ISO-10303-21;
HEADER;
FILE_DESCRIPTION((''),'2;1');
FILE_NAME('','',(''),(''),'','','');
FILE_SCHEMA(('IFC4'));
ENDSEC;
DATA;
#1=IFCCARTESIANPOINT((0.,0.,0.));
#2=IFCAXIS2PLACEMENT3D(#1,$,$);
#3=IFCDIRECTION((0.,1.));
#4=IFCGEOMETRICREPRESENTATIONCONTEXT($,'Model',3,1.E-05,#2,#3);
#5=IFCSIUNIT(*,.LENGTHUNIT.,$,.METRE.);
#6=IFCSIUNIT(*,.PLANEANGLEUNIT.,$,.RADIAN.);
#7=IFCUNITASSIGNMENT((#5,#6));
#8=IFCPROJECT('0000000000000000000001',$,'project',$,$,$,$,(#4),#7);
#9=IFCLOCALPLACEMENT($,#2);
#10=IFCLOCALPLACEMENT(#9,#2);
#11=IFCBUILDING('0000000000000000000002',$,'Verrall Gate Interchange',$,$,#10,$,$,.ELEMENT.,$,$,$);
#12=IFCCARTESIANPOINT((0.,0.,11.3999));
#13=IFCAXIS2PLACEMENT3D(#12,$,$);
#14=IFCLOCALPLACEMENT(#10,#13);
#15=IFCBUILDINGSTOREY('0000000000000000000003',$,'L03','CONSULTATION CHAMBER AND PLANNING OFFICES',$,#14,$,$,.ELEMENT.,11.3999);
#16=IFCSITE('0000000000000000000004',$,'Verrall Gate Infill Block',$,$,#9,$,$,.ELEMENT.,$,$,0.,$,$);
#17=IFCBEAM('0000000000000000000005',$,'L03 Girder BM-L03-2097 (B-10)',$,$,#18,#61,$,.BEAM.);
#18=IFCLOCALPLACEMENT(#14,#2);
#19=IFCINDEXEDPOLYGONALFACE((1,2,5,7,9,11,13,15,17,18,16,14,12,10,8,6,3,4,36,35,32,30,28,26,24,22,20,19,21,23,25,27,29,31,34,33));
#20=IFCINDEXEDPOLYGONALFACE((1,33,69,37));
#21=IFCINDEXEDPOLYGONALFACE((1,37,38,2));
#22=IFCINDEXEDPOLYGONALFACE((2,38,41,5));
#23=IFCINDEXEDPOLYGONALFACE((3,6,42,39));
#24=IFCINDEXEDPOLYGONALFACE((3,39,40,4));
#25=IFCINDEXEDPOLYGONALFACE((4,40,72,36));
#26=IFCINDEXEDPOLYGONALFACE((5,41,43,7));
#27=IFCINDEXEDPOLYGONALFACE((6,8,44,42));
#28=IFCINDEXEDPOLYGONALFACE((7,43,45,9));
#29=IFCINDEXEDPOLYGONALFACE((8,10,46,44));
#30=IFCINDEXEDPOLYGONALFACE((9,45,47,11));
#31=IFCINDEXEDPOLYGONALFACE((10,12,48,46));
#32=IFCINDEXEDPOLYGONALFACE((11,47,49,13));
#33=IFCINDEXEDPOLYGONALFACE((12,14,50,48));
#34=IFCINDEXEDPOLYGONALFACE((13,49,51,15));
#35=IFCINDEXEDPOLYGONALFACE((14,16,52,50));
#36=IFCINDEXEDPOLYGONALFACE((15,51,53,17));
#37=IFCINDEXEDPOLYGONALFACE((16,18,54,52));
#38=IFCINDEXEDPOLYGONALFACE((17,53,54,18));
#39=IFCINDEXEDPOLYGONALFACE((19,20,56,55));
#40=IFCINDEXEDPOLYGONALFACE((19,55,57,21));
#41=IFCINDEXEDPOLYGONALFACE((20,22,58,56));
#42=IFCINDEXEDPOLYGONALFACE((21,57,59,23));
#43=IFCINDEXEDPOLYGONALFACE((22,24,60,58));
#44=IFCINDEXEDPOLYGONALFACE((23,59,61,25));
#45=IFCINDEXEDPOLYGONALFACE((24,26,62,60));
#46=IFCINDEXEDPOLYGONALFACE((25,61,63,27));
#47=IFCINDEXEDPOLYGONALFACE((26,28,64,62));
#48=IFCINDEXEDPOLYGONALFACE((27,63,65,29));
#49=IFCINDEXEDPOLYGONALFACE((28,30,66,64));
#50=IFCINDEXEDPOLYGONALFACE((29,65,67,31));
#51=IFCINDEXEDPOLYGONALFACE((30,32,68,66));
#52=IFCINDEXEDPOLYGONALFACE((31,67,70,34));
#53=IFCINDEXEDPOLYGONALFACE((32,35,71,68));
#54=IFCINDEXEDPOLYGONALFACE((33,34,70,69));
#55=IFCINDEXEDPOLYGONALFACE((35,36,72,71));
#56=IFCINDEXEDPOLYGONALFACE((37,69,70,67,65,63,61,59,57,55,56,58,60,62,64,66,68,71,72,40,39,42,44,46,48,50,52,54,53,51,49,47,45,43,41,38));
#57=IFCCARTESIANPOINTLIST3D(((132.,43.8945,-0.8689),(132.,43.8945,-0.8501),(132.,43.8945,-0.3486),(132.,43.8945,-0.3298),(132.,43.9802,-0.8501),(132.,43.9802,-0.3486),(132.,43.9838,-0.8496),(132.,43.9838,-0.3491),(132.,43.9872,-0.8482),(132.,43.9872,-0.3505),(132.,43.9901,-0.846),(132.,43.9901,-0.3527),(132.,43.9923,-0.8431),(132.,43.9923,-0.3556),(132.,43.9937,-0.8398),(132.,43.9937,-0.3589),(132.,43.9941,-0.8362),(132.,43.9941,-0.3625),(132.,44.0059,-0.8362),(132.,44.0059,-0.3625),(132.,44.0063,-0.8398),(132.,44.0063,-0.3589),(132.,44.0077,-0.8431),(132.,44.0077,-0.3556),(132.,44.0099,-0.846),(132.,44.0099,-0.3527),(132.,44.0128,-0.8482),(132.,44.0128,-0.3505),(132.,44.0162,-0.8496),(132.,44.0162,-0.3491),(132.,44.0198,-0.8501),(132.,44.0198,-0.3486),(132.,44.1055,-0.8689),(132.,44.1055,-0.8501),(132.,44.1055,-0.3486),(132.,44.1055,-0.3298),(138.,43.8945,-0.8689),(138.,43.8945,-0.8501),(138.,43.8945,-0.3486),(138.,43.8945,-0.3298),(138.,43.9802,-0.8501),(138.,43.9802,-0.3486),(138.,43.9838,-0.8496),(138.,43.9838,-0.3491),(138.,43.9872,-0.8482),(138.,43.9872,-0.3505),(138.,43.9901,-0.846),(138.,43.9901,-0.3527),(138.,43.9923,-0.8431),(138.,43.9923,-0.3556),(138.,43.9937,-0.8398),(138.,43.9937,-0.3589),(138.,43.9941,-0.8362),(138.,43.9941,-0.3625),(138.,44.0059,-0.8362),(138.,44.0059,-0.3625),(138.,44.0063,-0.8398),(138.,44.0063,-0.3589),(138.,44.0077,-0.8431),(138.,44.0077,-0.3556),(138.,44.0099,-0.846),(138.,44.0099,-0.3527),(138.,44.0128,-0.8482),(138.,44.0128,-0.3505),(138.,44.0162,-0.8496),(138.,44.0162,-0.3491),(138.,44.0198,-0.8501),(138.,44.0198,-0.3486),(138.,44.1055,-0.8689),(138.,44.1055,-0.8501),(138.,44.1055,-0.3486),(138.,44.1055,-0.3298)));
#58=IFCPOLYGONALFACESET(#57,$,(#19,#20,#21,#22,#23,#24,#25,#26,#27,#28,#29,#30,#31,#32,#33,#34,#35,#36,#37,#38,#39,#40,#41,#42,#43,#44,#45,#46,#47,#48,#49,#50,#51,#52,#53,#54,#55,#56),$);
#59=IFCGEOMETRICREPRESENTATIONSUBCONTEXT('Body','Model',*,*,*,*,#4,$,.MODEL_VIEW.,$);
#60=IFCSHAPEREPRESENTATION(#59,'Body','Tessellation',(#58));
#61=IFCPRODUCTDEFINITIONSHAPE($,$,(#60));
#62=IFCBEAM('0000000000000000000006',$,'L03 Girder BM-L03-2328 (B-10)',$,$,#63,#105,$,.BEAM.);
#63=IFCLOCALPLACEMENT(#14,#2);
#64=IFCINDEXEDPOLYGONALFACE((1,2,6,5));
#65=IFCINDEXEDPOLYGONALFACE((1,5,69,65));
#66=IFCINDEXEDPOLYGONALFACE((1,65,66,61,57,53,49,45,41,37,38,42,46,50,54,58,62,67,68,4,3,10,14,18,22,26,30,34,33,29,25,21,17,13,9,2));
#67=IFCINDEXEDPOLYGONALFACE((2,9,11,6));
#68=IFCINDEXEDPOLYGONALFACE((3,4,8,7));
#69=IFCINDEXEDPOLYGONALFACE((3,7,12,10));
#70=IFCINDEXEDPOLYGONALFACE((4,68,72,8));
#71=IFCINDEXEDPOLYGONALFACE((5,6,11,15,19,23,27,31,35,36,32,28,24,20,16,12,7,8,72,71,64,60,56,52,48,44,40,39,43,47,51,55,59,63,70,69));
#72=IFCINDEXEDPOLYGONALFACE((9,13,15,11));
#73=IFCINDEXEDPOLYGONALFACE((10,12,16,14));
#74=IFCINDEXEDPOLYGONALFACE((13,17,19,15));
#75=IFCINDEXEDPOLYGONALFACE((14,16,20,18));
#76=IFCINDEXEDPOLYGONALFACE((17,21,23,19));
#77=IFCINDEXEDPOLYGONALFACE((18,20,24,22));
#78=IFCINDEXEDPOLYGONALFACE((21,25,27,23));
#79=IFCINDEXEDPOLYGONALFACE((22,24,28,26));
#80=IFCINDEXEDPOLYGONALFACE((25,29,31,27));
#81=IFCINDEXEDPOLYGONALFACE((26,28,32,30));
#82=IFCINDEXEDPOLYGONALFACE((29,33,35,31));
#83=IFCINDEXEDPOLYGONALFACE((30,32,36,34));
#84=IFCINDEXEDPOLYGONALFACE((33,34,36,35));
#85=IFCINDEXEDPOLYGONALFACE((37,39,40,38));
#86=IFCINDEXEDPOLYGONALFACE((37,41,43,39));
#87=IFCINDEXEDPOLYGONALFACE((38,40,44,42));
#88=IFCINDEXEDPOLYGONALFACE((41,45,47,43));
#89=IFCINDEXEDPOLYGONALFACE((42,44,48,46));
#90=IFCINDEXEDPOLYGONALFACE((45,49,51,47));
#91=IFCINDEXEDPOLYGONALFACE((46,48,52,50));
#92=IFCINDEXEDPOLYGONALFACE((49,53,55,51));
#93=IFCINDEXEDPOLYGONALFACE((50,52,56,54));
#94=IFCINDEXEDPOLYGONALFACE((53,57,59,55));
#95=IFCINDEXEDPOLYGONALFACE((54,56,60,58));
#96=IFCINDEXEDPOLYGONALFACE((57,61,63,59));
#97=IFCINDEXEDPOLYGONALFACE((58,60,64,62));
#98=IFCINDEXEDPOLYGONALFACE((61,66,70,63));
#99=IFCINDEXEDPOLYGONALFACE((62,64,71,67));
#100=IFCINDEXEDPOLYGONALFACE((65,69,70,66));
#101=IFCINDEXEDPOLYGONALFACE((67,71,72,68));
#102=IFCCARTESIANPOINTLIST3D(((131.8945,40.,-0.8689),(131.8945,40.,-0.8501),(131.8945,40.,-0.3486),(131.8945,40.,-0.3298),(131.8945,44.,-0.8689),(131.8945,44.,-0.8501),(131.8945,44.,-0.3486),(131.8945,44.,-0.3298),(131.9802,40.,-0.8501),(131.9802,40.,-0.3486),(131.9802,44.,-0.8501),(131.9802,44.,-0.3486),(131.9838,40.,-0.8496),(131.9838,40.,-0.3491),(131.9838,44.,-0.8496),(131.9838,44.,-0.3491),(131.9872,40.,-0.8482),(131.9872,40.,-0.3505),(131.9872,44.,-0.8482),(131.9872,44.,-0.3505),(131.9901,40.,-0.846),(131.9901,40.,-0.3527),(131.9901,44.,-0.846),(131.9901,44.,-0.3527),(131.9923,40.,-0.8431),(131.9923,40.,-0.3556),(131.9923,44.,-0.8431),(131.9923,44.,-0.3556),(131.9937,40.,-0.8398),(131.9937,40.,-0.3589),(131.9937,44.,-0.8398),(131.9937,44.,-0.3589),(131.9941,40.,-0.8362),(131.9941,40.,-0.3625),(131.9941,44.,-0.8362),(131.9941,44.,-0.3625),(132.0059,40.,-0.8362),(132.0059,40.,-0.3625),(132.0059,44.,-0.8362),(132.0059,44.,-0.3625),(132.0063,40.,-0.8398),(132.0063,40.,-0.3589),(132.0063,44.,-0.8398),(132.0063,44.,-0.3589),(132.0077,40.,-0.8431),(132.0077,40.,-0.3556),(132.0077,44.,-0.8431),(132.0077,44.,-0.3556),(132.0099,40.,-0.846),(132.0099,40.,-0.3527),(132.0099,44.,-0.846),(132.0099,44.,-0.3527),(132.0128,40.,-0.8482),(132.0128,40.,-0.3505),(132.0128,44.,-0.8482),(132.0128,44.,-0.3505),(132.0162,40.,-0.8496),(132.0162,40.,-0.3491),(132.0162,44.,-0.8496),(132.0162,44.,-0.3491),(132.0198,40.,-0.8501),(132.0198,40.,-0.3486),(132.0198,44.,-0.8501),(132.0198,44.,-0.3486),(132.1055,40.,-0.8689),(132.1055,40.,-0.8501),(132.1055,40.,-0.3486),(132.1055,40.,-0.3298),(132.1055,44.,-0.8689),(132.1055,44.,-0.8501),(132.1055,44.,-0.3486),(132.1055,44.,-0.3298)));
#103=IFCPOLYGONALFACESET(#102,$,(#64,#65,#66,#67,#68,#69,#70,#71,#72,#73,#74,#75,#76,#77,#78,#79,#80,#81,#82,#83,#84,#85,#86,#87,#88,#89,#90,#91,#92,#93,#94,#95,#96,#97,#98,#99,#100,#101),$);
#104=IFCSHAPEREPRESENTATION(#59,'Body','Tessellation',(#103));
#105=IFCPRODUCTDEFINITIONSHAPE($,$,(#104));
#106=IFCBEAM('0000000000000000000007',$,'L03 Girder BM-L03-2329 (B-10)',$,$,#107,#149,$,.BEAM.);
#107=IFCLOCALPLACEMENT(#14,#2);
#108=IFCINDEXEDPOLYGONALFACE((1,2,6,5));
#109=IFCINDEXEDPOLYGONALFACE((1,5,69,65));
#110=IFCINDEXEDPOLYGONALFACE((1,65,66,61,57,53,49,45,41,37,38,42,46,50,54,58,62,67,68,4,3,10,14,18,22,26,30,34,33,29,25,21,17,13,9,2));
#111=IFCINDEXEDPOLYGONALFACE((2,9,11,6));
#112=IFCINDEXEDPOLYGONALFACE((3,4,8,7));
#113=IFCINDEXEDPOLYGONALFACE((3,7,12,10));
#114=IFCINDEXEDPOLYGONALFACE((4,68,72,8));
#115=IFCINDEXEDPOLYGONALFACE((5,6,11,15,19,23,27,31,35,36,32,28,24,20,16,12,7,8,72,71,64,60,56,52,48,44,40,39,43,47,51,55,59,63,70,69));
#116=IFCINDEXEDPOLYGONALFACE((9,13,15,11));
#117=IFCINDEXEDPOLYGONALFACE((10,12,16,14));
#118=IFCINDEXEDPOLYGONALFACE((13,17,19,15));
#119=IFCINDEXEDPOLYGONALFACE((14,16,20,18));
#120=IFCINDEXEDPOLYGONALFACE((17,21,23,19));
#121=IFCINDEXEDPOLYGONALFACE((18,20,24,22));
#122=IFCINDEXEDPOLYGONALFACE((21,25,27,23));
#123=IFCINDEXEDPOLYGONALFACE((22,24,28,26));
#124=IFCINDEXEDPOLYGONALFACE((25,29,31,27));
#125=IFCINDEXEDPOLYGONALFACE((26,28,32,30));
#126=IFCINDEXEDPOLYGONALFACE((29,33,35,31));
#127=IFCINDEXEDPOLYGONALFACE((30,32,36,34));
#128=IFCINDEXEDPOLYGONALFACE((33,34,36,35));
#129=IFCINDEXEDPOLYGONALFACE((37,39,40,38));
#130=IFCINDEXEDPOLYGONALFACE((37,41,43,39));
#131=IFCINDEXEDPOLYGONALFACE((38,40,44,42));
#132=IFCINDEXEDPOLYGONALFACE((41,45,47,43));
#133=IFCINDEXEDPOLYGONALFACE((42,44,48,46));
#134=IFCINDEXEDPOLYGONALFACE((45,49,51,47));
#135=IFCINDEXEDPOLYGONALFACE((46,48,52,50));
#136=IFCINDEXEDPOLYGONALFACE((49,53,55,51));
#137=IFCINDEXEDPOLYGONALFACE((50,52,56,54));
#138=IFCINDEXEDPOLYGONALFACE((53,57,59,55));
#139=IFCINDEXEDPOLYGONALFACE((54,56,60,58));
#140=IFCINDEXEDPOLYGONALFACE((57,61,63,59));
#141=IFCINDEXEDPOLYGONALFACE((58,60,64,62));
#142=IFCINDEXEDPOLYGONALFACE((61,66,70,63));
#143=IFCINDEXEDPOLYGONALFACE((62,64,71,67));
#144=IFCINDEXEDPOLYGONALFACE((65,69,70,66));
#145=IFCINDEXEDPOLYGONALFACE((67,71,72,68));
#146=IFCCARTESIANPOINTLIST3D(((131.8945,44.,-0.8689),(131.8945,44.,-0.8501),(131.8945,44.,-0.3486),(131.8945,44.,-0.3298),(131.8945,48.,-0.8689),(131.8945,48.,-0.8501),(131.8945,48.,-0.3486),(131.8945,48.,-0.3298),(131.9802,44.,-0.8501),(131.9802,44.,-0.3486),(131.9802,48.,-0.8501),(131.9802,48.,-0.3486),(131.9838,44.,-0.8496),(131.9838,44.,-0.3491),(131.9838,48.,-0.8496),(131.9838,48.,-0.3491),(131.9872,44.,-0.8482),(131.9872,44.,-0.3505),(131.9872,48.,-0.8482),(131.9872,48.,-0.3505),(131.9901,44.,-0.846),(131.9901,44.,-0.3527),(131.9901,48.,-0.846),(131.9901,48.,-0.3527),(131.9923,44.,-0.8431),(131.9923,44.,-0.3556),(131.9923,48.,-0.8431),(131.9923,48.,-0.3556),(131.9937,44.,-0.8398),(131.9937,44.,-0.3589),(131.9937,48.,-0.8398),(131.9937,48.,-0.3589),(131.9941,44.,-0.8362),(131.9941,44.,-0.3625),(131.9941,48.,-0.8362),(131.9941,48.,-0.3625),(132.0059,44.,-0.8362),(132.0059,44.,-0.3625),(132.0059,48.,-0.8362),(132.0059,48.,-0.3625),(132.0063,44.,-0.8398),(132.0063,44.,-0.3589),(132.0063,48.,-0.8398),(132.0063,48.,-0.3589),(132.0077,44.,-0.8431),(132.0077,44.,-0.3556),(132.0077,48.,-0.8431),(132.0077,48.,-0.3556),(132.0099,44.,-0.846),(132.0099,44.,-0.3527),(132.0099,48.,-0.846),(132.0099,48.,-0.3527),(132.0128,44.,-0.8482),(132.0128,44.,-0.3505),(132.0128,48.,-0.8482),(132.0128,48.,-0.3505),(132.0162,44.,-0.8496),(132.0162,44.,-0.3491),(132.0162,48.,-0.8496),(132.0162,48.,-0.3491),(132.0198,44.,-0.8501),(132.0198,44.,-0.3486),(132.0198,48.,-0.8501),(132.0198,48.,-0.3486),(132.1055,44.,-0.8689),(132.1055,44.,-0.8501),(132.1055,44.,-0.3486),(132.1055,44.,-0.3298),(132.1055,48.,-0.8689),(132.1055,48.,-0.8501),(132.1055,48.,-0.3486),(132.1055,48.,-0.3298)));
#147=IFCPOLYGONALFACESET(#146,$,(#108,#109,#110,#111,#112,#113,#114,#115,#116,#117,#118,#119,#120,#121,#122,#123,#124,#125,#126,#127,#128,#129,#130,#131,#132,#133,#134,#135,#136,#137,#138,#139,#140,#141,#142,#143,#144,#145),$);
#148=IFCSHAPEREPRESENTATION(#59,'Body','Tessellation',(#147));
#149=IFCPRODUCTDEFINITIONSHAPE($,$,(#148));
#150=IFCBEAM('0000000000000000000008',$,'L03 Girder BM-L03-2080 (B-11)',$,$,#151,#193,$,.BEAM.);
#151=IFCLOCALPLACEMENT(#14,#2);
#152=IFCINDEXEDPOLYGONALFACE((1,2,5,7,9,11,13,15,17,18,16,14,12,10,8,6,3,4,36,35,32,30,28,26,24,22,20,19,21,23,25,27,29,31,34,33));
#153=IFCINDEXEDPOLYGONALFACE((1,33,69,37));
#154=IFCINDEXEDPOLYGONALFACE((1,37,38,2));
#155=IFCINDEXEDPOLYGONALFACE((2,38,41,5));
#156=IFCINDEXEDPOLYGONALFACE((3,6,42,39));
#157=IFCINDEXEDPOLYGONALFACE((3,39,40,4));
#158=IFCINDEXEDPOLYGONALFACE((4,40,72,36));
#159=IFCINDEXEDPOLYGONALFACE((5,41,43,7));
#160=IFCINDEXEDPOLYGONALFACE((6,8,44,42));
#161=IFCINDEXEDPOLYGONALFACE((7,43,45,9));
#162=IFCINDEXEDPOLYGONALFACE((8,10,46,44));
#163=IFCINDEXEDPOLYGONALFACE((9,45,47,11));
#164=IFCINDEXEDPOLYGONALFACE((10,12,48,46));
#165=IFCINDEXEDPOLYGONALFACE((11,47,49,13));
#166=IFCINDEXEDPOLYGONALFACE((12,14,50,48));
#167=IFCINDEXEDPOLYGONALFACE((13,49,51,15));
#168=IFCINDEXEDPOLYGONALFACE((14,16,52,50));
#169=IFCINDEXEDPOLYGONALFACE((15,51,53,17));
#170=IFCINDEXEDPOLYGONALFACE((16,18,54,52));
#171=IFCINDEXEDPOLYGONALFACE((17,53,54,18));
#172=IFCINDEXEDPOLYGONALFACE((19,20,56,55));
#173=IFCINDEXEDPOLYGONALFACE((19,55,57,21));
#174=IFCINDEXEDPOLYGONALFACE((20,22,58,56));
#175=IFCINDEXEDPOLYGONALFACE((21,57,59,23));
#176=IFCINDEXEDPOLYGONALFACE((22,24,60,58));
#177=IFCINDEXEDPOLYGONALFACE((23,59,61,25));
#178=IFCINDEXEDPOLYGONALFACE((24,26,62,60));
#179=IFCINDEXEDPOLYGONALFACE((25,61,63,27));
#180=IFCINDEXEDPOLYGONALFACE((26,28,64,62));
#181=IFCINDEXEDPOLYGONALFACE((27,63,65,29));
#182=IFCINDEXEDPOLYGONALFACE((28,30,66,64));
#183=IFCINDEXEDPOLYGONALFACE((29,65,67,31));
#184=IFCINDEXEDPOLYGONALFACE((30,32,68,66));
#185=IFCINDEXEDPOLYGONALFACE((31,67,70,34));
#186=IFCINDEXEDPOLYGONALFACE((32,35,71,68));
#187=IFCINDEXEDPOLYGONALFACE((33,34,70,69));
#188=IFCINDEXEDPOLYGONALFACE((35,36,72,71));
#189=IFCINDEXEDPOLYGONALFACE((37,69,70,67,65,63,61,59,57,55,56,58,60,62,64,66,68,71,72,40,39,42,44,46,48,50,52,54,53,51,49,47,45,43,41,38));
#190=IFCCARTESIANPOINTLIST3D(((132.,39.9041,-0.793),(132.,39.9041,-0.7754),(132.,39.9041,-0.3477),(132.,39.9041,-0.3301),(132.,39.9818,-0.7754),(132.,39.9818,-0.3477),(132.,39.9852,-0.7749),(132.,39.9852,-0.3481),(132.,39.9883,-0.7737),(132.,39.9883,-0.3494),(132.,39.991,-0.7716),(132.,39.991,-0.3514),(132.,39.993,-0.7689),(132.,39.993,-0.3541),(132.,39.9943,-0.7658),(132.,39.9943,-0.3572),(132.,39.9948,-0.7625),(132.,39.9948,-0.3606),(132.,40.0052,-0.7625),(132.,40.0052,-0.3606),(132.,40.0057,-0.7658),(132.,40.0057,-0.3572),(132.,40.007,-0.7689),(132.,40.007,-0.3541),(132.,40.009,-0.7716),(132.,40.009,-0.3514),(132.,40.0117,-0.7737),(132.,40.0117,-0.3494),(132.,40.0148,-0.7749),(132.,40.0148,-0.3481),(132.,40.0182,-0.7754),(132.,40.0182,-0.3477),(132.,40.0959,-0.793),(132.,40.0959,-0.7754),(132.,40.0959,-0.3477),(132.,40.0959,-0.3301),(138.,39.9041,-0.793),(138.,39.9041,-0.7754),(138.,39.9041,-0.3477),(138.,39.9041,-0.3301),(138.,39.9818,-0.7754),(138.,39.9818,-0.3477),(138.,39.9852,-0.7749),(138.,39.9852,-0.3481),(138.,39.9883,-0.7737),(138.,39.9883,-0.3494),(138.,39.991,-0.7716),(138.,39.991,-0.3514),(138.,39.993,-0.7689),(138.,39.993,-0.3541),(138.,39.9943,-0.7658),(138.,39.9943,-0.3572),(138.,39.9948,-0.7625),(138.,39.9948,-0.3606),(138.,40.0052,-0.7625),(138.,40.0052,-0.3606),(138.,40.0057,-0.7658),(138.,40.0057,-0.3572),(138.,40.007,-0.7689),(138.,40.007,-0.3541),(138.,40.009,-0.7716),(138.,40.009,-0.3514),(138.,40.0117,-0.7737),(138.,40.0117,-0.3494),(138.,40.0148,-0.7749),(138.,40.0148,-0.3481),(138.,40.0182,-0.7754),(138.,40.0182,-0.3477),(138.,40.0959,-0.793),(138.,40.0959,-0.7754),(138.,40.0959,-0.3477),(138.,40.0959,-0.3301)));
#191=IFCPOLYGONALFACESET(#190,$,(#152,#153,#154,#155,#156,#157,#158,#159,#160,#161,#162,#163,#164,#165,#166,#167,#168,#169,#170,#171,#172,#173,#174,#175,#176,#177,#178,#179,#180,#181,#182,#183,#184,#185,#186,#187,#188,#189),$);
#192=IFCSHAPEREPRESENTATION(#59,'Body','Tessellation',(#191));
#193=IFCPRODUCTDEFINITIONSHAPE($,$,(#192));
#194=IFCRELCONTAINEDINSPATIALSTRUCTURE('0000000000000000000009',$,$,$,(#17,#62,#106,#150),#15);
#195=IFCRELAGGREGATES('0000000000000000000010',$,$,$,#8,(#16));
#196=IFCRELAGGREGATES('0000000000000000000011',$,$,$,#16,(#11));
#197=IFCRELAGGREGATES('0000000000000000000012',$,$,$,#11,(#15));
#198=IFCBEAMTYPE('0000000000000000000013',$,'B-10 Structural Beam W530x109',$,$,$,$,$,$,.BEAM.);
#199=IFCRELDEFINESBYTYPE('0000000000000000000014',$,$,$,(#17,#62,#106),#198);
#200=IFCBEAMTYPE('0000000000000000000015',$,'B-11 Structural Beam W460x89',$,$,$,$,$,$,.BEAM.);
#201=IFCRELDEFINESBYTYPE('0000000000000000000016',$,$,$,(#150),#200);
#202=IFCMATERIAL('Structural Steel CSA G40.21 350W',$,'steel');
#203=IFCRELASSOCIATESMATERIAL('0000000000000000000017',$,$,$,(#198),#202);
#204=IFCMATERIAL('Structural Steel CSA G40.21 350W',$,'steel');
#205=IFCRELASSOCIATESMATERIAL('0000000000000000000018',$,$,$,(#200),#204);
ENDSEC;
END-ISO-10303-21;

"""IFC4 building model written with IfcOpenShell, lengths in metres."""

from ifc_helpers import new_model, si_unit, direction, frame, origin, origin_2d, place, context, subcontext, project, spatial, i_section, extrude, material, material_profile, profile_set, type_object, element, save


model = new_model("IFC4")

# Units and contexts
model_context = context("Model", 3, precision=1e-05, world=origin(), true_north=direction((0.0, 1.0)))
body_context = subcontext(model_context, "Body", "Model", "MODEL_VIEW")
ifc_project = project(units=[si_unit("LENGTHUNIT", "METRE"), si_unit("PLANEANGLEUNIT", "RADIAN")], contexts=[model_context])

# Site, building, storey
site_placement = place(None, origin())
site = spatial("IfcSite", under=ifc_project, at=site_placement, Name="Verrall Gate Infill Block", CompositionType="ELEMENT", RefElevation=0.0)
building_placement = place(site_placement, origin())
building = spatial("IfcBuilding", under=site, at=building_placement, Name="Verrall Gate Interchange", CompositionType="ELEMENT")
storey_placement = place(building_placement, frame((0.0, 0.0, 11.3999)))
storey = spatial("IfcBuildingStorey", under=building, at=storey_placement, Name="L03", Description="CONSULTATION CHAMBER AND PLANNING OFFICES", CompositionType="ELEMENT", Elevation=11.3999)

# Beams
ifc_material_1 = material(Name="Structural Steel CSA G40.21 350W", Category="steel")
ifc_material_profile_1 = material_profile(ifc_material_1, i_section(OverallWidth=0.2109, OverallDepth=0.5391, WebThickness=0.0117, FlangeThickness=0.0188, FilletRadius=0.0139, at=origin_2d()), Name="W530x109")
ifc_profile_set_1 = profile_set([ifc_material_profile_1], Name="Structural Steel CSA G40.21 350W")
beam_type_1 = type_object("IfcBeamType", Name="B-10 Structural Beam W530x109", PredefinedType="BEAM", material=ifc_profile_set_1)
beam_1_placement = place(storey_placement, frame((132.0, 44.0, -0.5994), z_axis=(1.0, 0.0, 0.0), x_axis=(0.0, 1.0, 0.0)))
element("IfcBeam", 1, at=beam_1_placement, inside=storey, type_object=beam_type_1, Name="L03 Girder BM-L03-2097 (B-10)", PredefinedType="BEAM", context=body_context, shape_type="SweptSolid", body=[
    extrude(i_section(OverallWidth=0.2109, OverallDepth=0.5391, WebThickness=0.0117, FlangeThickness=0.0188, FilletRadius=0.0139, at=origin_2d()), origin(), (0.0, 0.0, 1.0), 6.0),
])
for number, where, z_axis, x_axis, name in (
    (2, (132.0, 40.0, -0.5994), (0.0, 1.0, 0.0), (-1.0, 0.0, 0.0), "L03 Girder BM-L03-2328 (B-10)"),
    (3, (132.0, 44.0, -0.5994), (0.0, 1.0, 0.0), (-1.0, 0.0, 0.0), "L03 Girder BM-L03-2329 (B-10)"),
):
    element("IfcBeam", number, at=place(storey_placement, frame(where, z_axis=z_axis, x_axis=x_axis)), inside=storey, type_object=beam_type_1, Name=name, PredefinedType="BEAM", context=body_context, shape_type="SweptSolid", body=[
        extrude(i_section(OverallWidth=0.2109, OverallDepth=0.5391, WebThickness=0.0117, FlangeThickness=0.0188, FilletRadius=0.0139, at=origin_2d()), origin(), (0.0, 0.0, 1.0), 4.0),
    ])
ifc_material_2 = material(Name="Structural Steel CSA G40.21 350W", Category="steel")
ifc_material_profile_2 = material_profile(ifc_material_2, i_section(OverallWidth=0.1919, OverallDepth=0.4629, WebThickness=0.0105, FlangeThickness=0.0176, FilletRadius=0.0129, at=origin_2d()), Name="W460x89")
ifc_profile_set_2 = profile_set([ifc_material_profile_2], Name="Structural Steel CSA G40.21 350W")
beam_type_2 = type_object("IfcBeamType", Name="B-11 Structural Beam W460x89", PredefinedType="BEAM", material=ifc_profile_set_2)
beam_2_placement = place(storey_placement, frame((132.0, 40.0, -0.5615), z_axis=(1.0, 0.0, 0.0), x_axis=(0.0, 1.0, 0.0)))
element("IfcBeam", 4, at=beam_2_placement, inside=storey, type_object=beam_type_2, Name="L03 Girder BM-L03-2080 (B-11)", PredefinedType="BEAM", context=body_context, shape_type="SweptSolid", body=[
    extrude(i_section(OverallWidth=0.1919, OverallDepth=0.4629, WebThickness=0.0105, FlangeThickness=0.0176, FilletRadius=0.0129, at=origin_2d()), origin(), (0.0, 0.0, 1.0), 6.0),
])

save(model, "model.ifc")
